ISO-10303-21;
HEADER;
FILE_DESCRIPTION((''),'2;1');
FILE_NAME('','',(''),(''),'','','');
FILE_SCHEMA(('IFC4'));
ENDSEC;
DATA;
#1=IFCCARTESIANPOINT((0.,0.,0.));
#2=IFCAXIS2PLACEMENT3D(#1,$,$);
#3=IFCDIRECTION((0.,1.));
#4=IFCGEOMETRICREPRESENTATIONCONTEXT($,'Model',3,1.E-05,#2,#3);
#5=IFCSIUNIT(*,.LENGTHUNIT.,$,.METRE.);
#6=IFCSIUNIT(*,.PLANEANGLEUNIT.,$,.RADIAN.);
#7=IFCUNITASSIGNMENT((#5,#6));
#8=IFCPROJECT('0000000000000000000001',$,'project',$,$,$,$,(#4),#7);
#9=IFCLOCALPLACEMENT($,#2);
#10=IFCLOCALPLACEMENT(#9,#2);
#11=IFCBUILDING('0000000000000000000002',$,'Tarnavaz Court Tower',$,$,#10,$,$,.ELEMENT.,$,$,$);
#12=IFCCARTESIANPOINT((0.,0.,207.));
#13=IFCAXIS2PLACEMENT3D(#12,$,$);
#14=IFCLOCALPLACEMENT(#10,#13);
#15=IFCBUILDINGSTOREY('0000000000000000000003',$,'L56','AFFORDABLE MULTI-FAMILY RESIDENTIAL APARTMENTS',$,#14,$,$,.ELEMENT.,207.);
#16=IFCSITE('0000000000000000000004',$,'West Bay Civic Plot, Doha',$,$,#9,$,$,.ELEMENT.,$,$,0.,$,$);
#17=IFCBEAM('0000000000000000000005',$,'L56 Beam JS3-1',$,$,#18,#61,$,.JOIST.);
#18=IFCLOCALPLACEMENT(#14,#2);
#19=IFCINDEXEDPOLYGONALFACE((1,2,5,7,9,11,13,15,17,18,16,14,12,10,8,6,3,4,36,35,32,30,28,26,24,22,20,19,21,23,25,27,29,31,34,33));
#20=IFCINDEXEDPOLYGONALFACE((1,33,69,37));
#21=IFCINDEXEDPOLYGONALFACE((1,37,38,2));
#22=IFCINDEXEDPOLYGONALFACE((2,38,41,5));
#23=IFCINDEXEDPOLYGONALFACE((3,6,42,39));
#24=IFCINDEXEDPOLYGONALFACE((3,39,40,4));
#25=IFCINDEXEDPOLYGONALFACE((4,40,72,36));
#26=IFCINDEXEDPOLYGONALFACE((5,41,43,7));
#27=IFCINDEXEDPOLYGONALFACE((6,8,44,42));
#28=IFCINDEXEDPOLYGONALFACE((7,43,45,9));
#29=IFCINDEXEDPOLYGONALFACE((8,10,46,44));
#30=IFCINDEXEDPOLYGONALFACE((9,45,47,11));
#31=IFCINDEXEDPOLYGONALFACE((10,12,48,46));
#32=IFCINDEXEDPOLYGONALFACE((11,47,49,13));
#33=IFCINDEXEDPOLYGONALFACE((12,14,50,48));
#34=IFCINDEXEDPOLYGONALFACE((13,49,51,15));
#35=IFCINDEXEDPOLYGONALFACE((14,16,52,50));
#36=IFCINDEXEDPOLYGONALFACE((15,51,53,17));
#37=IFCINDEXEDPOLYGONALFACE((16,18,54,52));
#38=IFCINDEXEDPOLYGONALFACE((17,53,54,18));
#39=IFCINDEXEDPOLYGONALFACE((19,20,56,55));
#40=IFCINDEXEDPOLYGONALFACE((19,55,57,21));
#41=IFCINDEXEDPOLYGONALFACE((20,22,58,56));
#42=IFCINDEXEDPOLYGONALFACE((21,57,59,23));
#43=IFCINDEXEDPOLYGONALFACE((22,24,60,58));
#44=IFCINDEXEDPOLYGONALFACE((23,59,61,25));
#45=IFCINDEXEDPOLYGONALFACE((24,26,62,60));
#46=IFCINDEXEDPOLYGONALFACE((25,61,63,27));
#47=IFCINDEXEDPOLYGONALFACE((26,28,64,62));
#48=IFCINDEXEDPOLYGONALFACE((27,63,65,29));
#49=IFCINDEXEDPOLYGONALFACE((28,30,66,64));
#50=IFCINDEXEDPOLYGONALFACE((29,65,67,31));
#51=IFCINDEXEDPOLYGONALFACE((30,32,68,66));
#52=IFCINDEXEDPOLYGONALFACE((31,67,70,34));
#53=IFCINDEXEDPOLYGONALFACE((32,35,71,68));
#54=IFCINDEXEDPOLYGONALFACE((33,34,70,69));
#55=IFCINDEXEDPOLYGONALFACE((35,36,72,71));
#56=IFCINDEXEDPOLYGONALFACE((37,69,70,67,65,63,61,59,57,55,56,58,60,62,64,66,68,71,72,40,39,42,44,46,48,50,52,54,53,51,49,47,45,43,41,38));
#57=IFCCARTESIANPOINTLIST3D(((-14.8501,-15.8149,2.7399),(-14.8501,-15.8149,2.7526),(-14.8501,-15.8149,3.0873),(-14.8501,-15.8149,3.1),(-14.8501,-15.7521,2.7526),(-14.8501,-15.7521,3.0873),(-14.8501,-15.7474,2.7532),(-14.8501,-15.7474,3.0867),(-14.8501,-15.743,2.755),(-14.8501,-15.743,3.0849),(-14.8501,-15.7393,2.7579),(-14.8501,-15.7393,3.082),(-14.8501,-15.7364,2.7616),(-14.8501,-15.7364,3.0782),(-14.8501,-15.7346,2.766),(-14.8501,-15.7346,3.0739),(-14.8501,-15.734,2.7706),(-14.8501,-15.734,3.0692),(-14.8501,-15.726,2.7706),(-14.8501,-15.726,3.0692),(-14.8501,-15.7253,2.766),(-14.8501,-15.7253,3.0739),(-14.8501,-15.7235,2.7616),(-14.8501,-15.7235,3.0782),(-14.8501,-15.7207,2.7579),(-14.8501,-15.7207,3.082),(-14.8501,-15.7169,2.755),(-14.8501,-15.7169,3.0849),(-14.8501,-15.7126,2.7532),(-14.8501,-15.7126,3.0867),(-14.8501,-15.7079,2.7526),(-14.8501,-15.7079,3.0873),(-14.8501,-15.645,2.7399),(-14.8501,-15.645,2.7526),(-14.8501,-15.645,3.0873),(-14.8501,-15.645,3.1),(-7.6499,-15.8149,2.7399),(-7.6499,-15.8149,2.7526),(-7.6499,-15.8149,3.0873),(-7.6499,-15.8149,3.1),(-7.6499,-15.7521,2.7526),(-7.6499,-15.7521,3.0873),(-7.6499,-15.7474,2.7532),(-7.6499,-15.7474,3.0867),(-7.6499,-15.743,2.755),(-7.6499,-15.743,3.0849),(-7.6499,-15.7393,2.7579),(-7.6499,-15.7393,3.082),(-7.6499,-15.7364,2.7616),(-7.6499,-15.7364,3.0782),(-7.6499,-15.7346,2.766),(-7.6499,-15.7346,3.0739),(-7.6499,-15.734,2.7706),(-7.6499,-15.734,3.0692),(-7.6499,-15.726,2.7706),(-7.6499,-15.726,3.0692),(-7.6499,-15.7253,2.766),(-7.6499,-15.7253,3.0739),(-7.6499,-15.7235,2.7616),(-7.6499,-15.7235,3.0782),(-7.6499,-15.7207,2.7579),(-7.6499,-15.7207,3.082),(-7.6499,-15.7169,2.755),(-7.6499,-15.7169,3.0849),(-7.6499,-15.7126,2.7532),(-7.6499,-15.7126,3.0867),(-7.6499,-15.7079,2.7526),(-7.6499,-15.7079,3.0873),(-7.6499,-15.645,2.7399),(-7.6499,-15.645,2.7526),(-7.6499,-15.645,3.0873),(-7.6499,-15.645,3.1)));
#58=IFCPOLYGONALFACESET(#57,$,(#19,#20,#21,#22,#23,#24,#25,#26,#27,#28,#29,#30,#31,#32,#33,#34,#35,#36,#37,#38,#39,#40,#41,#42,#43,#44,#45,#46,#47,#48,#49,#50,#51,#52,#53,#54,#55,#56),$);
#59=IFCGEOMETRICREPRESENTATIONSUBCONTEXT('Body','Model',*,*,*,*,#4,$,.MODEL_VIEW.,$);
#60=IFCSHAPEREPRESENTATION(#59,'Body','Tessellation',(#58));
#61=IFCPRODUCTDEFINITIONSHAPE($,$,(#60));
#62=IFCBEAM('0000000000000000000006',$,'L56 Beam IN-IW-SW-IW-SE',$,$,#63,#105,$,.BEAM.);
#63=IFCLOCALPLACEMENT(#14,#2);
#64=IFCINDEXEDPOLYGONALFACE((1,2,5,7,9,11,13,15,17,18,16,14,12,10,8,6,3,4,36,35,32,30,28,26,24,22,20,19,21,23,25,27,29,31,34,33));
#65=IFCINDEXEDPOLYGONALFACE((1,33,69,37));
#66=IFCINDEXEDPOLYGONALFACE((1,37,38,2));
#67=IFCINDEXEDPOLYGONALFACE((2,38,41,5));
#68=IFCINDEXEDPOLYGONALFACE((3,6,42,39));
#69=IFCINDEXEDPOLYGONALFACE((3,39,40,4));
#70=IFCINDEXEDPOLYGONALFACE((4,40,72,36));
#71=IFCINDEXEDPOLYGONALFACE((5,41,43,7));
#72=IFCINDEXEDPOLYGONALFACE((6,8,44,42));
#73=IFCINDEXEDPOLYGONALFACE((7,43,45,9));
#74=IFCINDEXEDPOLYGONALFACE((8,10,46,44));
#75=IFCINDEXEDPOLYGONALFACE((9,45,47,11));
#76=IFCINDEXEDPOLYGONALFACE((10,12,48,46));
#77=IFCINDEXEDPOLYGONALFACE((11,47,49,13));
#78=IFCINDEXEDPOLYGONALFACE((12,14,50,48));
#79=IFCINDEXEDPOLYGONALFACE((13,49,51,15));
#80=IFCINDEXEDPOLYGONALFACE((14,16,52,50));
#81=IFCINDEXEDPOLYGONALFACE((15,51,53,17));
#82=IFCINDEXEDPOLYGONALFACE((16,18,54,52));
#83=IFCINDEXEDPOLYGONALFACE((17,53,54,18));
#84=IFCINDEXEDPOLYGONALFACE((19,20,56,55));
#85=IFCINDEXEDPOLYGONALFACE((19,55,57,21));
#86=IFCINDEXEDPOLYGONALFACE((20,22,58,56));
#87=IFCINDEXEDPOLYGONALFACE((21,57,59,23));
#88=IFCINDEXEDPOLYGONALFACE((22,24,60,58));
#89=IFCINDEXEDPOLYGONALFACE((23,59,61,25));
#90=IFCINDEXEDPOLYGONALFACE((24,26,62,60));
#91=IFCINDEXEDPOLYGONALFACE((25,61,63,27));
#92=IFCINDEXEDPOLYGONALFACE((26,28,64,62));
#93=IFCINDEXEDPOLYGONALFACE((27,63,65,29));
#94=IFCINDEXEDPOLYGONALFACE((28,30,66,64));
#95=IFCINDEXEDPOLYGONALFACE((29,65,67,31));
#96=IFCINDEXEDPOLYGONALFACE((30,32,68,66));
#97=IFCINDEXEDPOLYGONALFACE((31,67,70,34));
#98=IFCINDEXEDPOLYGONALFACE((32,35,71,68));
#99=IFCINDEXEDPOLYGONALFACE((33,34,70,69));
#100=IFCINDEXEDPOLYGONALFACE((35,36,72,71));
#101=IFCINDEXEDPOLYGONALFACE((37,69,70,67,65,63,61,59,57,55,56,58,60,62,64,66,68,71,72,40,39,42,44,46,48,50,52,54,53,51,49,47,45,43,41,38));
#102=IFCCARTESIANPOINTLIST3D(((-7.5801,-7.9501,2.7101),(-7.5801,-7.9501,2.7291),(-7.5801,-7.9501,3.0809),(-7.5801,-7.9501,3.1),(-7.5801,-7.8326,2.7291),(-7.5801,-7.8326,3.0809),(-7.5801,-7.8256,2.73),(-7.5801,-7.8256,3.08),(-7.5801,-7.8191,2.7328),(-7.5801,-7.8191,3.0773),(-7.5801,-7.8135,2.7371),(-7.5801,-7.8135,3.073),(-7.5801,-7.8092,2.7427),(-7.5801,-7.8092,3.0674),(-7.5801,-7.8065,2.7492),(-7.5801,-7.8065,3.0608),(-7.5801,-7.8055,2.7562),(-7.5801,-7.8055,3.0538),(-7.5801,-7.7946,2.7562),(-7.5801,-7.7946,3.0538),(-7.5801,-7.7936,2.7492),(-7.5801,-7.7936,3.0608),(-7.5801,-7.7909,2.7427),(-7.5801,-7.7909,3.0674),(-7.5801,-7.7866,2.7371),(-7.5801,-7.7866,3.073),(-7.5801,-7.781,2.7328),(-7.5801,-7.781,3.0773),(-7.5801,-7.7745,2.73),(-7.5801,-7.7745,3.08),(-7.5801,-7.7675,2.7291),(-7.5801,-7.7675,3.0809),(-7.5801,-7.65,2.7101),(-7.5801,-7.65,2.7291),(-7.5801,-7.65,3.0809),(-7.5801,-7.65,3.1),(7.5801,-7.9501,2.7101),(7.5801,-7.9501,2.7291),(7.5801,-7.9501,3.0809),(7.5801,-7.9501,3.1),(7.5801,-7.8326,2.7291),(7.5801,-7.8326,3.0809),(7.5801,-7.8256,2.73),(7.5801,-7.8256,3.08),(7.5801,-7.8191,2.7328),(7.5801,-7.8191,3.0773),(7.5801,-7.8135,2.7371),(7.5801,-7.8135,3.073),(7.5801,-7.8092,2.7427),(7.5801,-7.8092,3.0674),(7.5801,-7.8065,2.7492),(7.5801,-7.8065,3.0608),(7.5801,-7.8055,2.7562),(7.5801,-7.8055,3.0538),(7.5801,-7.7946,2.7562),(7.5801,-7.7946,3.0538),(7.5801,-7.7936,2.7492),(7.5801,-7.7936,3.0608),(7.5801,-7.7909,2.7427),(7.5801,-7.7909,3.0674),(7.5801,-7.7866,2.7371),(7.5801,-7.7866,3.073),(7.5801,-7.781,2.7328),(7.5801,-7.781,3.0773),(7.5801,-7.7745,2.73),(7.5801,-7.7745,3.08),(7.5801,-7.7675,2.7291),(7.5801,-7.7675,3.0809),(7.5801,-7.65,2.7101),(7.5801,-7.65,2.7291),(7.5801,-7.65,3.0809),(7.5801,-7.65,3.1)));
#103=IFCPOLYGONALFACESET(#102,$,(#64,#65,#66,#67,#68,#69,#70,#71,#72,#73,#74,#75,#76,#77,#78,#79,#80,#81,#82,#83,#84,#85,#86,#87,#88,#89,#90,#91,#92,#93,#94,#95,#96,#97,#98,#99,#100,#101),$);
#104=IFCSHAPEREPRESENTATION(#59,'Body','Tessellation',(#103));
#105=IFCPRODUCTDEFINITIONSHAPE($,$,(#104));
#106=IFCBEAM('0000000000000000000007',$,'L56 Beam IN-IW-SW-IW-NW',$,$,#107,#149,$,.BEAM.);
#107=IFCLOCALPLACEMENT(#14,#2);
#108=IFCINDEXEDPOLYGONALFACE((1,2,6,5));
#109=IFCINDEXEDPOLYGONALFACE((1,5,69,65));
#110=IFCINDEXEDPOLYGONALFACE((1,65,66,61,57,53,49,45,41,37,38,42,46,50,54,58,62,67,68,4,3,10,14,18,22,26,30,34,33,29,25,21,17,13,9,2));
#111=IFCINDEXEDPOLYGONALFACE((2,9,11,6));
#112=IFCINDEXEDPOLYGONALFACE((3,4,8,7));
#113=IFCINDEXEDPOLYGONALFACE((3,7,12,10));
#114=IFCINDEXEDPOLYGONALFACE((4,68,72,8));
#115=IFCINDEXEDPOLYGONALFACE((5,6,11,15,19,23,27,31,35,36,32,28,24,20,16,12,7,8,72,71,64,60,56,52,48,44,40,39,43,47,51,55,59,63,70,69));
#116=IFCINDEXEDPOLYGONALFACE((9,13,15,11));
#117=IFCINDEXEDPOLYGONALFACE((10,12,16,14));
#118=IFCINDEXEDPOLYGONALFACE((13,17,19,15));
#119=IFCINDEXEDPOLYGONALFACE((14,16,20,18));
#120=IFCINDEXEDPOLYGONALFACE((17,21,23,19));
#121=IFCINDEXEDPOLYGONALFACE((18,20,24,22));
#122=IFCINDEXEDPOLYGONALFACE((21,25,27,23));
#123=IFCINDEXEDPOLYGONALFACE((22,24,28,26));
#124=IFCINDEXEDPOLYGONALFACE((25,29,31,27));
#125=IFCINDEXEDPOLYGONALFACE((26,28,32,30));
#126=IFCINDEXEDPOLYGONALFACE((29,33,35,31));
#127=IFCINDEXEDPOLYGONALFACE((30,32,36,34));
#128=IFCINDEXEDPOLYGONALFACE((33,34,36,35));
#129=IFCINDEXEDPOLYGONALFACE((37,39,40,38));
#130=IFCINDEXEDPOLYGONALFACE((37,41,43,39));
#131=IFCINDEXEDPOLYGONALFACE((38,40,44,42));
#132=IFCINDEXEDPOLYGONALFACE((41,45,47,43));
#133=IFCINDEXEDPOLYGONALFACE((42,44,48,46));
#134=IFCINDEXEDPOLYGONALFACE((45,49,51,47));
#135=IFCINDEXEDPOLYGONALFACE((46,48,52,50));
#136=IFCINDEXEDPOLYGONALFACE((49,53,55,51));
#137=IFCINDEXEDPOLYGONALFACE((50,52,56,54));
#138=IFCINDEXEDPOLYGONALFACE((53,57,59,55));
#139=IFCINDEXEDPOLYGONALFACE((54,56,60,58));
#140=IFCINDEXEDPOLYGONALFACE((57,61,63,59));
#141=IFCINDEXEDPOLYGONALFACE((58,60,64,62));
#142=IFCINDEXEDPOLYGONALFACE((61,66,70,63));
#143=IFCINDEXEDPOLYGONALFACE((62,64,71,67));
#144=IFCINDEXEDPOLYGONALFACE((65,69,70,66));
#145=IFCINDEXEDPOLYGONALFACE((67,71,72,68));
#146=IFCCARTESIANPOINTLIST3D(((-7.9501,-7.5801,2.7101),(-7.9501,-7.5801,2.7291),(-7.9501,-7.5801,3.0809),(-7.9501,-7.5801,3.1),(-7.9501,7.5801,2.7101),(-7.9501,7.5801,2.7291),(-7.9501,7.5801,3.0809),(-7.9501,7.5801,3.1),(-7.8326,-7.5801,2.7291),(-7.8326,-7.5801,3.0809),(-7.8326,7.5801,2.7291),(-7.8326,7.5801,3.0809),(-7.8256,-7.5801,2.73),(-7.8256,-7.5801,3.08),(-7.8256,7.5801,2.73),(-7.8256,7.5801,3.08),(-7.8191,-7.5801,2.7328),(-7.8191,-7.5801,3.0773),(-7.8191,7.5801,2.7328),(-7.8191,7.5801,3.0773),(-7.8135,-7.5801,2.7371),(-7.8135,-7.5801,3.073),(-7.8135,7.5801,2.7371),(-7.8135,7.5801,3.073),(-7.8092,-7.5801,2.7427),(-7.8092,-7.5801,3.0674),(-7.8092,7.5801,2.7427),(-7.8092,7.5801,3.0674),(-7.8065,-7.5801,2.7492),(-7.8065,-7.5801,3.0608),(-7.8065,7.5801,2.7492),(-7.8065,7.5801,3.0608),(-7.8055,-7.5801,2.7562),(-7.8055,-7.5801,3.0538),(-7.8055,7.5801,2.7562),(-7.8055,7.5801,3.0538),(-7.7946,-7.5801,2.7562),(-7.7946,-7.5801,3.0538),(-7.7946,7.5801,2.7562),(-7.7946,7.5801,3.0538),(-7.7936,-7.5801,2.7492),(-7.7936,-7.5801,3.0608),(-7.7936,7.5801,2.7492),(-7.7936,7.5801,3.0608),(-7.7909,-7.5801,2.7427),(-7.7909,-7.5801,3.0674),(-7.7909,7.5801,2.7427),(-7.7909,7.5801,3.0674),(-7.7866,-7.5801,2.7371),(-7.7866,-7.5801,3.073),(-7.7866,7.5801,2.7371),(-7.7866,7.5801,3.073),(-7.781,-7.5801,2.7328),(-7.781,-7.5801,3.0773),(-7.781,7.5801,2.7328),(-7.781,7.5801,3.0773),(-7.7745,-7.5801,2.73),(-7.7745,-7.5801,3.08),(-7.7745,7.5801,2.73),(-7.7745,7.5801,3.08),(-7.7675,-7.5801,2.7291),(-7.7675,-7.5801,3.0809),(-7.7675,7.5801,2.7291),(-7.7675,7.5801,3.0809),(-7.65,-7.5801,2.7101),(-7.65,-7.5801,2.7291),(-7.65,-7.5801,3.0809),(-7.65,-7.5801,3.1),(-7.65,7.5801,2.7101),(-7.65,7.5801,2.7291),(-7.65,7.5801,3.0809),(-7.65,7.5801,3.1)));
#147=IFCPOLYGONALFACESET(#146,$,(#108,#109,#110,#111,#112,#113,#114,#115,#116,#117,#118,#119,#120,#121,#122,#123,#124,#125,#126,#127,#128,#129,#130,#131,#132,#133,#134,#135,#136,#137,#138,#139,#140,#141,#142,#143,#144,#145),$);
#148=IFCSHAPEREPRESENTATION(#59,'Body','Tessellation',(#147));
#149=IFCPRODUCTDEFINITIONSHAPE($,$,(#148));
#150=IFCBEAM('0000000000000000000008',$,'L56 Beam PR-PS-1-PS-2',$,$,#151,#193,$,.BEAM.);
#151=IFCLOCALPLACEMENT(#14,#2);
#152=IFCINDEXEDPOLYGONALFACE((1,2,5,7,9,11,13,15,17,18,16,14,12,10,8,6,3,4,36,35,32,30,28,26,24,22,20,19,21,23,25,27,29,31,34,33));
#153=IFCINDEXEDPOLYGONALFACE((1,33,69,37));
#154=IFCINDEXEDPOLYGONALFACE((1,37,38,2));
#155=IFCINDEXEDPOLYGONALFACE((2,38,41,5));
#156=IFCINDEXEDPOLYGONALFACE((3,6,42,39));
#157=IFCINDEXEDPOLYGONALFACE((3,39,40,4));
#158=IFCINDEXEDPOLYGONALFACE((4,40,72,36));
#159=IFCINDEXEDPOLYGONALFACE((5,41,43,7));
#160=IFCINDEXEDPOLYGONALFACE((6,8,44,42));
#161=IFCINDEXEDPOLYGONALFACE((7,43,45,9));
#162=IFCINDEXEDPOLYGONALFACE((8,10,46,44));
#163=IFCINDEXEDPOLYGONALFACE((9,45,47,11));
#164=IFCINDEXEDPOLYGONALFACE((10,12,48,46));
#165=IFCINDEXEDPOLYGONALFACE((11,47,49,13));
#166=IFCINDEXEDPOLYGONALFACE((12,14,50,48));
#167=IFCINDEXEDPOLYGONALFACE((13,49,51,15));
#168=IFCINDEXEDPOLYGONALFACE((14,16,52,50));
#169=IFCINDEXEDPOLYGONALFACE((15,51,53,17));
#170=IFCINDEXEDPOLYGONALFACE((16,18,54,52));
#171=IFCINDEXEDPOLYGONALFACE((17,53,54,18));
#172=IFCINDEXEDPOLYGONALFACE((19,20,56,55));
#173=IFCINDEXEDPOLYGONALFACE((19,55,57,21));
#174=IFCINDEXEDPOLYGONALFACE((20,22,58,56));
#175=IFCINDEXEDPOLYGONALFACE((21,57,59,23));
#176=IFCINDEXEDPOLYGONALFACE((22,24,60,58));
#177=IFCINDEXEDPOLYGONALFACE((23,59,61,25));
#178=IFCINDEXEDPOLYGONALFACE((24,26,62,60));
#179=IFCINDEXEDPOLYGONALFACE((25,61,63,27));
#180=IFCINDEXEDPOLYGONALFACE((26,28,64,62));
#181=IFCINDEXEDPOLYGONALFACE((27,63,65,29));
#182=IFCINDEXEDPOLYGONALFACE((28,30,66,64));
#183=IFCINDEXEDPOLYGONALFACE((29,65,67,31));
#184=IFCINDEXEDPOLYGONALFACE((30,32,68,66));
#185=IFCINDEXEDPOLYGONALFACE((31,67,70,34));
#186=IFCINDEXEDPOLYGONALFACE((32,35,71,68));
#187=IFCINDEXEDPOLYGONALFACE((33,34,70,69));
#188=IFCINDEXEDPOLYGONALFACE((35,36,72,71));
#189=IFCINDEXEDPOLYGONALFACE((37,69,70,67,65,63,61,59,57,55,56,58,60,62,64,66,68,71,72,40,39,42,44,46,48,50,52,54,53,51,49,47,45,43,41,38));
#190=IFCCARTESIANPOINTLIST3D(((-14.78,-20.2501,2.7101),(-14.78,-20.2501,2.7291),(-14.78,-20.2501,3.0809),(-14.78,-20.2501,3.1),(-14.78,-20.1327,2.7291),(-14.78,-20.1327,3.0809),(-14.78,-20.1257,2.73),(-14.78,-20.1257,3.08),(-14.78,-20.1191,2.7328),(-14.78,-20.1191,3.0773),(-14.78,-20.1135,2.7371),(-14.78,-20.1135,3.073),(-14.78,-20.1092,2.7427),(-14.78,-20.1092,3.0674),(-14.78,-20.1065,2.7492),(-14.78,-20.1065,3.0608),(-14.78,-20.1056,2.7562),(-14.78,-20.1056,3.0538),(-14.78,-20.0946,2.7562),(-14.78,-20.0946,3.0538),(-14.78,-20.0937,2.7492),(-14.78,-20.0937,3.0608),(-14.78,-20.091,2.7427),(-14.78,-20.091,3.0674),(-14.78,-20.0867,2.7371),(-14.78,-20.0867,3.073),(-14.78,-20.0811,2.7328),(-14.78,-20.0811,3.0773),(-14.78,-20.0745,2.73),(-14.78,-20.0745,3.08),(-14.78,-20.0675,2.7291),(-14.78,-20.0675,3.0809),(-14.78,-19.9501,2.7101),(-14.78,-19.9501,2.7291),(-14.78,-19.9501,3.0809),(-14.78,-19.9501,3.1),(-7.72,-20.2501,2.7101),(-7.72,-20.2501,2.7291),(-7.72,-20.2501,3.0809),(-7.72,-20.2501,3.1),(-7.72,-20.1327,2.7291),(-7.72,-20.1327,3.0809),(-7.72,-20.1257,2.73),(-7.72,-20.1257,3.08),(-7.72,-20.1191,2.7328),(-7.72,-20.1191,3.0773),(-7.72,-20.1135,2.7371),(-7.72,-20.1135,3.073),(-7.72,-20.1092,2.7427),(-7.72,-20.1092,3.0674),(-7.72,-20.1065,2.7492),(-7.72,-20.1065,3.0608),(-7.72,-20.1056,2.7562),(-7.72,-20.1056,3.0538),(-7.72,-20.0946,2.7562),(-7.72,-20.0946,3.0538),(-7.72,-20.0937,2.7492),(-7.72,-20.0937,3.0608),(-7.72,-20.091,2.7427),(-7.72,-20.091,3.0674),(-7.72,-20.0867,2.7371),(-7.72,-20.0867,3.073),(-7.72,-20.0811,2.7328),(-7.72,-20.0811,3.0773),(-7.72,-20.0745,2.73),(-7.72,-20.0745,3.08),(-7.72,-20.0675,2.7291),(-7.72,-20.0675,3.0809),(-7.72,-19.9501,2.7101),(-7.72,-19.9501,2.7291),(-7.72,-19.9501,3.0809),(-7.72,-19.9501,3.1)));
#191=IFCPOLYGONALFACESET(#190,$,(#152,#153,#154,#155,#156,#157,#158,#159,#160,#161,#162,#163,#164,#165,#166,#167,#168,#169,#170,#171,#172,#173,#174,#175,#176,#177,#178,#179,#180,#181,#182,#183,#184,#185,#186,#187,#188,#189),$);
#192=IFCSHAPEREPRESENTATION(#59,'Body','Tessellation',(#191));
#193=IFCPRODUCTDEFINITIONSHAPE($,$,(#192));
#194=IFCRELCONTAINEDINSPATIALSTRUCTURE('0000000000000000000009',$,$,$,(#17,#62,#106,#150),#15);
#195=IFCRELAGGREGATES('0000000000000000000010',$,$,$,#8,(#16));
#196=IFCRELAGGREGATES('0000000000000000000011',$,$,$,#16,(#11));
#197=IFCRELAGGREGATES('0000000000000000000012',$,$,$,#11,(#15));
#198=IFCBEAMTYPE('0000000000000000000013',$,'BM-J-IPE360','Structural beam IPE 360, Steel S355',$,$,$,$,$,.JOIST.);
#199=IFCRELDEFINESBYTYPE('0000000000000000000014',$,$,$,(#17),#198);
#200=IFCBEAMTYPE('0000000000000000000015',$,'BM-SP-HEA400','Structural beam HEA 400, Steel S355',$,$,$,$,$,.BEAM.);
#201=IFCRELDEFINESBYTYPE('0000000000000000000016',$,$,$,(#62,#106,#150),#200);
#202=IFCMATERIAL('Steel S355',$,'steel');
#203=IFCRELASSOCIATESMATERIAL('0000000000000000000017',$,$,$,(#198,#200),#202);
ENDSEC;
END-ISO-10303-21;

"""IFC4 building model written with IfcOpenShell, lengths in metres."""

from ifc_helpers import new_model, si_unit, direction, frame, origin, origin_2d, place, context, subcontext, project, spatial, i_section, extrude, material, material_profile, profile_set, type_object, element, save


model = new_model("IFC4")

# Units and contexts
model_context = context("Model", 3, precision=1e-05, world=origin(), true_north=direction((0.0, 1.0)))
body_context = subcontext(model_context, "Body", "Model", "MODEL_VIEW")
ifc_project = project(units=[si_unit("LENGTHUNIT", "METRE"), si_unit("PLANEANGLEUNIT", "RADIAN")], contexts=[model_context])

# Site, building, storey
site_placement = place(None, origin())
site = spatial("IfcSite", under=ifc_project, at=site_placement, Name="West Bay Civic Plot, Doha", CompositionType="ELEMENT", RefElevation=0.0)
building_placement = place(site_placement, origin())
building = spatial("IfcBuilding", under=site, at=building_placement, Name="Tarnavaz Court Tower", CompositionType="ELEMENT")
storey_placement = place(building_placement, frame((0.0, 0.0, 207.0)))
storey = spatial("IfcBuildingStorey", under=building, at=storey_placement, Name="L56", Description="AFFORDABLE MULTI-FAMILY RESIDENTIAL APARTMENTS", CompositionType="ELEMENT", Elevation=207.0)

# Beams
ifc_material_1 = material(Name="Steel S355", Category="steel")
ifc_material_profile_1 = material_profile(ifc_material_1, i_section(OverallWidth=0.1699, OverallDepth=0.3601, WebThickness=0.0081, FlangeThickness=0.0127, FilletRadius=0.0181, at=origin_2d()), Name="IPE 360")
ifc_profile_set_1 = profile_set([ifc_material_profile_1], Name="Steel S355")
beam_type_1 = type_object("IfcBeamType", Name="BM-J-IPE360", Description="Structural beam IPE 360, Steel S355", PredefinedType="JOIST", material=ifc_profile_set_1)
for number, where, z_axis, x_axis, name in (
    (1, (-14.8501, -15.73, 2.9199), (1.0, 0.0, 0.0), (0.0, 1.0, 0.0), "L56 Beam JS3-1"),
):
    element("IfcBeam", number, at=place(storey_placement, frame(where, z_axis=z_axis, x_axis=x_axis)), inside=storey, type_object=beam_type_1, Name=name, PredefinedType="JOIST", context=body_context, shape_type="SweptSolid", body=[
        extrude(i_section(OverallWidth=0.1699, OverallDepth=0.3601, WebThickness=0.0081, FlangeThickness=0.0127, FilletRadius=0.0181, at=origin_2d()), origin(), (0.0, 0.0, 1.0), 7.2002),
    ])
ifc_material_profile_2 = material_profile(ifc_material_1, i_section(OverallWidth=0.3, OverallDepth=0.3899, WebThickness=0.011, FlangeThickness=0.019, FilletRadius=0.0271, at=origin_2d()), Name="HEA 400")
ifc_profile_set_2 = profile_set([ifc_material_profile_2], Name="Steel S355")
beam_type_2 = type_object("IfcBeamType", Name="BM-SP-HEA400", Description="Structural beam HEA 400, Steel S355", PredefinedType="BEAM", material=ifc_profile_set_2)
for number, where, z_axis, x_axis, name in (
    (2, (-7.5801, -7.8, 2.905), (1.0, 0.0, 0.0), (0.0, 1.0, 0.0), "L56 Beam IN-IW-SW-IW-SE"),
    (3, (-7.8, -7.5801, 2.905), (0.0, 1.0, 0.0), (-1.0, 0.0, 0.0), "L56 Beam IN-IW-SW-IW-NW"),
):
    element("IfcBeam", number, at=place(storey_placement, frame(where, z_axis=z_axis, x_axis=x_axis)), inside=storey, type_object=beam_type_2, Name=name, PredefinedType="BEAM", context=body_context, shape_type="SweptSolid", body=[
        extrude(i_section(OverallWidth=0.3, OverallDepth=0.3899, WebThickness=0.011, FlangeThickness=0.019, FilletRadius=0.0271, at=origin_2d()), origin(), (0.0, 0.0, 1.0), 15.1602),
    ])
beam_1_placement = place(storey_placement, frame((-14.78, -20.1001, 2.905), z_axis=(1.0, 0.0, 0.0), x_axis=(0.0, 1.0, 0.0)))
element("IfcBeam", 4, at=beam_1_placement, inside=storey, type_object=beam_type_2, Name="L56 Beam PR-PS-1-PS-2", PredefinedType="BEAM", context=body_context, shape_type="SweptSolid", body=[
    extrude(i_section(OverallWidth=0.3, OverallDepth=0.3899, WebThickness=0.011, FlangeThickness=0.019, FilletRadius=0.0271, at=origin_2d()), origin(), (0.0, 0.0, 1.0), 7.0601),
])

save(model, "model.ifc")
